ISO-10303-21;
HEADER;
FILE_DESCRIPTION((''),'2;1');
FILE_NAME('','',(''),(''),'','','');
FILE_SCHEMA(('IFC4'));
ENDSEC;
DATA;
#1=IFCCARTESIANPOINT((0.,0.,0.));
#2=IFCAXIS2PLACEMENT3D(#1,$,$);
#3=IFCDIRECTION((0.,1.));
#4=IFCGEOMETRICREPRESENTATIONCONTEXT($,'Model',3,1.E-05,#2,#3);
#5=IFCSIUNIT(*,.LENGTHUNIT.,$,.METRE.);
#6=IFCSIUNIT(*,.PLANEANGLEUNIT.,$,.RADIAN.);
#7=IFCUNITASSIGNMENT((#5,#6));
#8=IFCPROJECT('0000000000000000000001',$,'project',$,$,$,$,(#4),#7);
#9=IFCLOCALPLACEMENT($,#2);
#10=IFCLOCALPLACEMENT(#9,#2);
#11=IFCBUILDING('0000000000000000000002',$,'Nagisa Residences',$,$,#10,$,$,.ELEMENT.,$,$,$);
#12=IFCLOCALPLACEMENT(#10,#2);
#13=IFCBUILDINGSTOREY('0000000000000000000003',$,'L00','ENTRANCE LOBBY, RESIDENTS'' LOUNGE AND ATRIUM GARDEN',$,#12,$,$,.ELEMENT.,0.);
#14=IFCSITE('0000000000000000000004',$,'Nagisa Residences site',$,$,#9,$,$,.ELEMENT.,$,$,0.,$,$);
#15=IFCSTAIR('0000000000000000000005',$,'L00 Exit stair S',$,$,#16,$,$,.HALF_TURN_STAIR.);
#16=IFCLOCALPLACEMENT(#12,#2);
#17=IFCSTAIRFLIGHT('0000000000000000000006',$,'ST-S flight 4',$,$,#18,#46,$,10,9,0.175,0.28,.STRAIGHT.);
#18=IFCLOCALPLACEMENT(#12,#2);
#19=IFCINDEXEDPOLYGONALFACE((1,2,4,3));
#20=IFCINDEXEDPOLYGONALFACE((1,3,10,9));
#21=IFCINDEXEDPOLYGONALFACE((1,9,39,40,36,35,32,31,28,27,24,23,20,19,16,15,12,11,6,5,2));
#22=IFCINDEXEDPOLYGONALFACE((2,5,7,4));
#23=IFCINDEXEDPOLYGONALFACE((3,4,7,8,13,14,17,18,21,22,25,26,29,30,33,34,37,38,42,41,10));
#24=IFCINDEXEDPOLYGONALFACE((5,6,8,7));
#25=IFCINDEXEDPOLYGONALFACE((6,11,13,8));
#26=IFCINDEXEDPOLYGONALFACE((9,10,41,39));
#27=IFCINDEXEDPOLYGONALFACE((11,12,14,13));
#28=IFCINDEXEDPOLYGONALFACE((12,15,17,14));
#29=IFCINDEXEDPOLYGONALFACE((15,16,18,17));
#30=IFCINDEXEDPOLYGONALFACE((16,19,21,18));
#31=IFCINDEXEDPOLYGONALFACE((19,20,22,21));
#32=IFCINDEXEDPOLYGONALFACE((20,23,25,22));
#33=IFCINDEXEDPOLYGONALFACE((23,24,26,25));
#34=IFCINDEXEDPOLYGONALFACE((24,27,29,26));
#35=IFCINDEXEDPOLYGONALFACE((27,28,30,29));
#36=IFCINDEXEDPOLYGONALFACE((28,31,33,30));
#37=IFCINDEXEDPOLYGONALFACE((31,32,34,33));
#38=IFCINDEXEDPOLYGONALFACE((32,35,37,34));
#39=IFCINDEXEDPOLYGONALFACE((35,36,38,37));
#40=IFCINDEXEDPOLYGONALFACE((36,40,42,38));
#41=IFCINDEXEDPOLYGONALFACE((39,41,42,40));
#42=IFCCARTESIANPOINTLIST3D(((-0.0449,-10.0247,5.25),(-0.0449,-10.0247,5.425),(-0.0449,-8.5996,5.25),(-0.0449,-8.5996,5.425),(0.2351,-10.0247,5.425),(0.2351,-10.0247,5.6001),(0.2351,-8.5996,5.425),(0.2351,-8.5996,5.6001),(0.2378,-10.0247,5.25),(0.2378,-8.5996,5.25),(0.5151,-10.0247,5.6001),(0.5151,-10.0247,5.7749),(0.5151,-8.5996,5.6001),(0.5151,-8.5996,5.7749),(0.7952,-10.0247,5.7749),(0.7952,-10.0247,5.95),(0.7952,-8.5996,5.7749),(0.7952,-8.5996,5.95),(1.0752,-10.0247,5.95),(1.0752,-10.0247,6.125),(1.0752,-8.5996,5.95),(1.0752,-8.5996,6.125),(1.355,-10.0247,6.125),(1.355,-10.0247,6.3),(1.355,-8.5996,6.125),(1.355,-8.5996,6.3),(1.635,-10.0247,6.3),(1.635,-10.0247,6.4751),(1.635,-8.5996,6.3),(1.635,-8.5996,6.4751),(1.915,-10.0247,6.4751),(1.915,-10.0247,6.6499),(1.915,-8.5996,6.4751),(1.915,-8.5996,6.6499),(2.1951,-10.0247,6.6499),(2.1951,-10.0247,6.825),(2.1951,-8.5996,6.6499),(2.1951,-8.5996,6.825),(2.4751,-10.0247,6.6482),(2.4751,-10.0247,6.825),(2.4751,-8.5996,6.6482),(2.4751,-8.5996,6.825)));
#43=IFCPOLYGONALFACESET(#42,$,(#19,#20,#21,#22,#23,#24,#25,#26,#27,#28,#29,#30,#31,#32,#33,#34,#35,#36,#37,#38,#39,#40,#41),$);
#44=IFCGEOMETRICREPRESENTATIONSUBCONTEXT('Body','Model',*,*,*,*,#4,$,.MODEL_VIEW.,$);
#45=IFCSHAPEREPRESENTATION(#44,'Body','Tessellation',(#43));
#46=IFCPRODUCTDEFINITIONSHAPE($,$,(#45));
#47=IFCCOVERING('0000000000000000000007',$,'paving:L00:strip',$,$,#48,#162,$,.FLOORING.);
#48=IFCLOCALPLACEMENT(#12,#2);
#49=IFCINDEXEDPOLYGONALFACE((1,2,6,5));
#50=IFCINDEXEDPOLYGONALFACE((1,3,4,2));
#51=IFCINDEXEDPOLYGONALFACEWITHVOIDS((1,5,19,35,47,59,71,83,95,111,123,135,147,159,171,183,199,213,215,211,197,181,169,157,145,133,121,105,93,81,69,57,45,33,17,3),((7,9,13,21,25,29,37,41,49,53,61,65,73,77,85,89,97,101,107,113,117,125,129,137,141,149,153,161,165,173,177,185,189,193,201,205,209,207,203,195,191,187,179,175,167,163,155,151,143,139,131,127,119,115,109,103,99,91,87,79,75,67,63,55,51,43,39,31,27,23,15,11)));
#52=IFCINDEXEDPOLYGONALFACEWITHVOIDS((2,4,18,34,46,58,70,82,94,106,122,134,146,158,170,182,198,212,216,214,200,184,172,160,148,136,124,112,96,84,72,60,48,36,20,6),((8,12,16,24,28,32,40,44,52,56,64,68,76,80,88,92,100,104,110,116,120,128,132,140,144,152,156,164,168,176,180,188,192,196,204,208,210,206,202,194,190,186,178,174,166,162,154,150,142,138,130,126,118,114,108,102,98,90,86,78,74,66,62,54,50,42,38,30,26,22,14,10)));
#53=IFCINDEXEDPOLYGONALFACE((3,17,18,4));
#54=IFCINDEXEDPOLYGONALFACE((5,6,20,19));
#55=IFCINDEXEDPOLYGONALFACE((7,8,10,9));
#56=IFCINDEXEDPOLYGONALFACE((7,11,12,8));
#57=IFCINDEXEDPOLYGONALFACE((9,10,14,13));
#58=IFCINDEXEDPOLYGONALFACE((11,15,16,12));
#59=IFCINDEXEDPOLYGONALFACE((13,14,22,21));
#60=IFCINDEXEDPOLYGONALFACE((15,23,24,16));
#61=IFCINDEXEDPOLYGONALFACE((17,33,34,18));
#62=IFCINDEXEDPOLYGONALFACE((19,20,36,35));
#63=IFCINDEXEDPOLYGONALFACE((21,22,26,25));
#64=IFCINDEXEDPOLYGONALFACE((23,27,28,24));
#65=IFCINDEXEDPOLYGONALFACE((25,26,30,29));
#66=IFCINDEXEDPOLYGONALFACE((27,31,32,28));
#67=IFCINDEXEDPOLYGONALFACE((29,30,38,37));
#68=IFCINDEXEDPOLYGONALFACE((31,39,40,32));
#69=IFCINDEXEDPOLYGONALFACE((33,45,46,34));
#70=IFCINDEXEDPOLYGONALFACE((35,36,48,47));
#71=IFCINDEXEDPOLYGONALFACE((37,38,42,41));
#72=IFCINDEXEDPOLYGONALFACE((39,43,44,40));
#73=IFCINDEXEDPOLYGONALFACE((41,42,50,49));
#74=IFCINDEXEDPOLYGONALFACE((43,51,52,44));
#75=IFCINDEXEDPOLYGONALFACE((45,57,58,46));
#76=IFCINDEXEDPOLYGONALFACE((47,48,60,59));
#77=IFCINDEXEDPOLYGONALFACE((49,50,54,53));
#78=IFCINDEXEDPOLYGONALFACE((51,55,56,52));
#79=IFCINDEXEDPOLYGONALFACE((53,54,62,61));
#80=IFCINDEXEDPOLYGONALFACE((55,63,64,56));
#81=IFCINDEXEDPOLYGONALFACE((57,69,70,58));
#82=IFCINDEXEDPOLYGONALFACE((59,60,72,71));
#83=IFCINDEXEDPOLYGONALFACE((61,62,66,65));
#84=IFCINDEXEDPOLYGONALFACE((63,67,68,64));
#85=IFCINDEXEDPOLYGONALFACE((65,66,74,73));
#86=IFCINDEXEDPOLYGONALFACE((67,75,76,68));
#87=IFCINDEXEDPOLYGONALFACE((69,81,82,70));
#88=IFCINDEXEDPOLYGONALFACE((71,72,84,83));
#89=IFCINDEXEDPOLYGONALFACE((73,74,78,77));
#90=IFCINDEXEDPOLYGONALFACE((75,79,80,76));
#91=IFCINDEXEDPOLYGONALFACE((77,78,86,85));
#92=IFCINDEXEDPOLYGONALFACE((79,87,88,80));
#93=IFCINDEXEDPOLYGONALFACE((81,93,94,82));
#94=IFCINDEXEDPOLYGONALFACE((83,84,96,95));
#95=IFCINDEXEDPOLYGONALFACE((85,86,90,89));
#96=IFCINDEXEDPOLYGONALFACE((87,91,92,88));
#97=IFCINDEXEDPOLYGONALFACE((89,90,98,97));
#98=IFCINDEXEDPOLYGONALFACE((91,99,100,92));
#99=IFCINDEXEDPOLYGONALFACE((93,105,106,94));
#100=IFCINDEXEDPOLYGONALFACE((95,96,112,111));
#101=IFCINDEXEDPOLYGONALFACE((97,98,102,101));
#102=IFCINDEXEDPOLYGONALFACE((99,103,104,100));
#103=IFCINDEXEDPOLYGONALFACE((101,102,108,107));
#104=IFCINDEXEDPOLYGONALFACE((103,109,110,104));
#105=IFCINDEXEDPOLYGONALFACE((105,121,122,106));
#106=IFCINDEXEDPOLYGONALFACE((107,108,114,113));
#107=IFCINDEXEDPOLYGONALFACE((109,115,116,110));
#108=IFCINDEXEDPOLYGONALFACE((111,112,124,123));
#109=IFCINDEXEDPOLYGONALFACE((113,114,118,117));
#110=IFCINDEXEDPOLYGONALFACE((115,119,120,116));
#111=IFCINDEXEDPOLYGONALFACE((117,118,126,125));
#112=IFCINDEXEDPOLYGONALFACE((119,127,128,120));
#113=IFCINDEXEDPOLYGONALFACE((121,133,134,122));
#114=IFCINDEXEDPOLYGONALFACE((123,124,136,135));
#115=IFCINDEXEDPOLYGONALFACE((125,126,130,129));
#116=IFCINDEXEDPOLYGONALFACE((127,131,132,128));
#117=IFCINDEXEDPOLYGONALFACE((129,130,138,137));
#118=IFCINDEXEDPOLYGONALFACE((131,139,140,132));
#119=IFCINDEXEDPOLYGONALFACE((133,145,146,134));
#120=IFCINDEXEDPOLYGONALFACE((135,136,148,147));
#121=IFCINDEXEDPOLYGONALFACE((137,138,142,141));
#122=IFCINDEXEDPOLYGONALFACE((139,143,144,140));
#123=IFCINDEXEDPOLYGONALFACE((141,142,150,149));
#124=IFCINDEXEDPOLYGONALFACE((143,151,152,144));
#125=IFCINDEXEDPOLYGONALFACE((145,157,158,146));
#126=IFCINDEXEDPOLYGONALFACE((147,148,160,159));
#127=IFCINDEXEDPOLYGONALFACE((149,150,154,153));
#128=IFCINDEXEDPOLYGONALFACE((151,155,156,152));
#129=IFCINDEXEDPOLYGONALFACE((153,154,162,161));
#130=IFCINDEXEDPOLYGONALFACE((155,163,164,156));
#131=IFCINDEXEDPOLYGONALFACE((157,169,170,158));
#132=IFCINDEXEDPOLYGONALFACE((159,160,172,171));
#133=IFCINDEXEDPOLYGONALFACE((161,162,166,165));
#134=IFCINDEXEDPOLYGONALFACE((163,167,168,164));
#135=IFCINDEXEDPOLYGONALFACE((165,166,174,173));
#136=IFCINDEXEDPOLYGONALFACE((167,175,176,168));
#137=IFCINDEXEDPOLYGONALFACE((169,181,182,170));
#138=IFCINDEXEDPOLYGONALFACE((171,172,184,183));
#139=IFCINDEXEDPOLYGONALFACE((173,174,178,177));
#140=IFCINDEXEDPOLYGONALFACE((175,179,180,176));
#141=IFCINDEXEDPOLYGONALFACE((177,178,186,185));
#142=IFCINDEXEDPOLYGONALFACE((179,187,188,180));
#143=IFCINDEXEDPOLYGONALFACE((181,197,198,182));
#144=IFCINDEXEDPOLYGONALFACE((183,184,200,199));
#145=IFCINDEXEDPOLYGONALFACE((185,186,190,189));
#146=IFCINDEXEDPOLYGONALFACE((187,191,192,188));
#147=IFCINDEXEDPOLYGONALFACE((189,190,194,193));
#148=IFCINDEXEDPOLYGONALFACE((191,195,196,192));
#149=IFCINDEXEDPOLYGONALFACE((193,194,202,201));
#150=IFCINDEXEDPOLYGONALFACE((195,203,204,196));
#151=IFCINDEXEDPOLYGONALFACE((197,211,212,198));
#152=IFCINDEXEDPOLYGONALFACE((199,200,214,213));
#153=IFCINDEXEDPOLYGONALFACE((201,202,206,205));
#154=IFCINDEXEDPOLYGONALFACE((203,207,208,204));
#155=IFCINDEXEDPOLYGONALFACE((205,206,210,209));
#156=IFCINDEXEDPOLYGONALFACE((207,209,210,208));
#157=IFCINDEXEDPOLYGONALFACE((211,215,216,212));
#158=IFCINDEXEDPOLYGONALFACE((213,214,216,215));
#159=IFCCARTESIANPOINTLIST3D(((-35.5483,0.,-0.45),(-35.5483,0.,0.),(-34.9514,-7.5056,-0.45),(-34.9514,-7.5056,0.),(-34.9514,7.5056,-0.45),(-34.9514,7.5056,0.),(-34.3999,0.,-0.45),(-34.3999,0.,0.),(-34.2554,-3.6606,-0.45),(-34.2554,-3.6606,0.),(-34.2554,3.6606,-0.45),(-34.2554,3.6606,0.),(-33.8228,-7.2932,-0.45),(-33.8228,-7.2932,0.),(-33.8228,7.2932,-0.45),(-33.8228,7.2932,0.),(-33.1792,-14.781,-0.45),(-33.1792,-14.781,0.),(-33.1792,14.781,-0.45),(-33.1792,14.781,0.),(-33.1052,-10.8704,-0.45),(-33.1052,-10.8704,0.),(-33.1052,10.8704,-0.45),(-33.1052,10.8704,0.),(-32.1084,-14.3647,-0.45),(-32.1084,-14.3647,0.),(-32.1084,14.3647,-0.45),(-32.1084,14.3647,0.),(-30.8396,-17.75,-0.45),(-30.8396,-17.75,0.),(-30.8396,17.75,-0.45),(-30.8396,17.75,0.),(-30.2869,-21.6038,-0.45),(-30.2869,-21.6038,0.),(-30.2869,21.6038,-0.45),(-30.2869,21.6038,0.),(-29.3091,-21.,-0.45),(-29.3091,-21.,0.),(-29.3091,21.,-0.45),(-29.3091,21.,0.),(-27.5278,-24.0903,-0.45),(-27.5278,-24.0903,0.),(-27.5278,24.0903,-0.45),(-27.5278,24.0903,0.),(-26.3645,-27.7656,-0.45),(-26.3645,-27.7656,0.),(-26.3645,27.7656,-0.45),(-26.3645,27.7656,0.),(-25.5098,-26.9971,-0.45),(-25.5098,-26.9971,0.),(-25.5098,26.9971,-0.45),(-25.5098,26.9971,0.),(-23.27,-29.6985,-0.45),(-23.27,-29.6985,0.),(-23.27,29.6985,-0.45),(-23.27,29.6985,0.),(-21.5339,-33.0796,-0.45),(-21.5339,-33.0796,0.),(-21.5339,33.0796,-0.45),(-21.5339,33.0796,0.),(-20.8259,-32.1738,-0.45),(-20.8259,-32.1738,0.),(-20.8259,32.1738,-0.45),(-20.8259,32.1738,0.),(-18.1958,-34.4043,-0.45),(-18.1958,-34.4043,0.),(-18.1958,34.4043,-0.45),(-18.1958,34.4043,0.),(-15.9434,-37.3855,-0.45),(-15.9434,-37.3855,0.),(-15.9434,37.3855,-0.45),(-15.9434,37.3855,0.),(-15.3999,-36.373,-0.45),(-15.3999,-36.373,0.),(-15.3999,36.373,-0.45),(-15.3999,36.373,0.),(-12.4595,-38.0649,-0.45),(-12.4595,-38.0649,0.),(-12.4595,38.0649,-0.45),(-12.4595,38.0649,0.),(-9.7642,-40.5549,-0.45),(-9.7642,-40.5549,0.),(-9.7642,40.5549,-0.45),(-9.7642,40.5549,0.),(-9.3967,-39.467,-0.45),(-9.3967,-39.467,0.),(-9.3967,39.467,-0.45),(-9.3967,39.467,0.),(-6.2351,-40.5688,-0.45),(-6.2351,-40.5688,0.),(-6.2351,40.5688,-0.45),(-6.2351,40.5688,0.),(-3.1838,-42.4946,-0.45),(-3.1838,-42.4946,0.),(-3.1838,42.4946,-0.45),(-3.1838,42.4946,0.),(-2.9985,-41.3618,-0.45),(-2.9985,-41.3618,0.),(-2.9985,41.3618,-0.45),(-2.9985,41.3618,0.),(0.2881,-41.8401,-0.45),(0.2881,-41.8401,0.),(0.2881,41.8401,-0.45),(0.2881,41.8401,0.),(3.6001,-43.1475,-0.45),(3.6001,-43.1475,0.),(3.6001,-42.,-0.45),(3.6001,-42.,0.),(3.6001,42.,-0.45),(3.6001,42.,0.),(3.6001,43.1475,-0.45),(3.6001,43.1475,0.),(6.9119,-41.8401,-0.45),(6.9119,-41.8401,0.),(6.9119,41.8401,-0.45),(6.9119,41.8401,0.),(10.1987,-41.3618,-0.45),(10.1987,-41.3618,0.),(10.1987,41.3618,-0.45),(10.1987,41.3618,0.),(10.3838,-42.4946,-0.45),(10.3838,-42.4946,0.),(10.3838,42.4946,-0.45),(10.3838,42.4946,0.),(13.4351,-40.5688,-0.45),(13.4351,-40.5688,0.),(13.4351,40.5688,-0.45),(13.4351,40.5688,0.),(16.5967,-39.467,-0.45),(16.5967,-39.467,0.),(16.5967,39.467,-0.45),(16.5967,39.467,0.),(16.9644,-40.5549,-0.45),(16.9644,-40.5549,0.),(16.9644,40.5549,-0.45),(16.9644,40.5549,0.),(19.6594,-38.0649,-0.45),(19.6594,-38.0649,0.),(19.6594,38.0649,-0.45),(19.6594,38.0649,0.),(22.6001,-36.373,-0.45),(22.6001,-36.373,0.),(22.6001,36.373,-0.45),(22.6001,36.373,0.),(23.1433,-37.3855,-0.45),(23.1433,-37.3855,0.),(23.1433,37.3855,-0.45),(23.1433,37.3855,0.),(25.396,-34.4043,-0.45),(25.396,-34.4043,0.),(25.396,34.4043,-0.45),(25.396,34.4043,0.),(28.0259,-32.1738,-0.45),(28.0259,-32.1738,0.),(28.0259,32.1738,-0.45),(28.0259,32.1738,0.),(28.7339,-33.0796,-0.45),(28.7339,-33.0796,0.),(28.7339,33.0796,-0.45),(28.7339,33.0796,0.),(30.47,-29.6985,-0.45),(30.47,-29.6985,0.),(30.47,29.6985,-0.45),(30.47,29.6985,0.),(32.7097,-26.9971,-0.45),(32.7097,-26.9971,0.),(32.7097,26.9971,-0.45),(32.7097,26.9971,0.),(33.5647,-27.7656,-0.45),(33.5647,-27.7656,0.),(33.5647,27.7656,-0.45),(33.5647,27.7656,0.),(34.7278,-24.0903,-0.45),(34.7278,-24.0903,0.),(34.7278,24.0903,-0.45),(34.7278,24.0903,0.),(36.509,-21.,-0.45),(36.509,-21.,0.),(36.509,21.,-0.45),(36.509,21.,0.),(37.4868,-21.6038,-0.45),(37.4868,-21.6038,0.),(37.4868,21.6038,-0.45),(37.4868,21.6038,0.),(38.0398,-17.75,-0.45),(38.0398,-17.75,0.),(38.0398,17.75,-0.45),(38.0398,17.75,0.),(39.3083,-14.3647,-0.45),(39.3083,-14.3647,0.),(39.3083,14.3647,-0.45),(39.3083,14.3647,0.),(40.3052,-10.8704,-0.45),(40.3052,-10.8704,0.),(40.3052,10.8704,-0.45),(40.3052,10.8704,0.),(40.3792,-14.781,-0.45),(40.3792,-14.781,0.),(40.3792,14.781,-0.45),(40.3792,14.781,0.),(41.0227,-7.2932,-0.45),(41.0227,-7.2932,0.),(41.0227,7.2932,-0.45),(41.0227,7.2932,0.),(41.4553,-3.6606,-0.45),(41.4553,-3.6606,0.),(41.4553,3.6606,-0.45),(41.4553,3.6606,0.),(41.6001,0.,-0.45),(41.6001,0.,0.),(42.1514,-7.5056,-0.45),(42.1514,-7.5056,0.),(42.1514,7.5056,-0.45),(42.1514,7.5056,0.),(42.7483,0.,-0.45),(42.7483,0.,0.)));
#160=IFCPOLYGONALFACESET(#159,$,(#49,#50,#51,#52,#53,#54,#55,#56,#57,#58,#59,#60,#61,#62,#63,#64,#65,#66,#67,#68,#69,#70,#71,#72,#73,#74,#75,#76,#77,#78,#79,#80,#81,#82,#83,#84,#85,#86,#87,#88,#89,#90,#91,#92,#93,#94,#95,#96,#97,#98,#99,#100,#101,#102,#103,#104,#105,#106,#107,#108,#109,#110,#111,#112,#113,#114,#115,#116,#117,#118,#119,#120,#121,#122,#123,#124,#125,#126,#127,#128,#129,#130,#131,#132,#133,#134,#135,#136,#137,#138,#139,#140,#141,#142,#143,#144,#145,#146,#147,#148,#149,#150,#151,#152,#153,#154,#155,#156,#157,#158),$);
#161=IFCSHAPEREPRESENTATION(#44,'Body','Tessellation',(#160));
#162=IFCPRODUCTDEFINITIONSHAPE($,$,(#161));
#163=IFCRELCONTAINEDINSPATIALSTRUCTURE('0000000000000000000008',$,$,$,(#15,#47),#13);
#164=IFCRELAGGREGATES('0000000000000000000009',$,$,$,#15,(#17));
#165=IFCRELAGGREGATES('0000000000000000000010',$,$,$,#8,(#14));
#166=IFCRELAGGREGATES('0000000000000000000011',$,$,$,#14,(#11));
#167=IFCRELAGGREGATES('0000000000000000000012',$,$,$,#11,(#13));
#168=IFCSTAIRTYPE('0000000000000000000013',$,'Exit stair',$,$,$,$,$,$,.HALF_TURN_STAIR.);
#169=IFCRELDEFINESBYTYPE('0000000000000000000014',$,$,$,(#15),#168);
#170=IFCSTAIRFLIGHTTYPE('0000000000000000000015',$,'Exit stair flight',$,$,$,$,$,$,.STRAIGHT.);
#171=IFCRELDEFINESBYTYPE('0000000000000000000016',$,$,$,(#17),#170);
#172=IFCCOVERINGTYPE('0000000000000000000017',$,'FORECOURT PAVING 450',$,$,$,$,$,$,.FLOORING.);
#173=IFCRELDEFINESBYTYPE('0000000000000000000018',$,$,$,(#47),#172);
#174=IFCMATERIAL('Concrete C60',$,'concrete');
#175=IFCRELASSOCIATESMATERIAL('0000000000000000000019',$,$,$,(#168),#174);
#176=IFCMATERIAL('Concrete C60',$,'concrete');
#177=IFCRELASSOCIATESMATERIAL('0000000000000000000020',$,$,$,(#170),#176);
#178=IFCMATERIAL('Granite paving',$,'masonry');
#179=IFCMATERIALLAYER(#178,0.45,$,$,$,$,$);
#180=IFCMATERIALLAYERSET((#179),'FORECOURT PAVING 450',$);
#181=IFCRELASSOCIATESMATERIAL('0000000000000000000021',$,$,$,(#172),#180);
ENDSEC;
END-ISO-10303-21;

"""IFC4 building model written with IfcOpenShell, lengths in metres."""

from ifc_helpers import new_model, si_unit, direction, frame, origin, place, context, subcontext, project, spatial, polyline, outline, extrude, material, layer, layer_set, type_object, element, aggregate, save


model = new_model("IFC4")

# Units and contexts
model_context = context("Model", 3, precision=1e-05, world=origin(), true_north=direction((0.0, 1.0)))
body_context = subcontext(model_context, "Body", "Model", "MODEL_VIEW")
ifc_project = project(units=[si_unit("LENGTHUNIT", "METRE"), si_unit("PLANEANGLEUNIT", "RADIAN")], contexts=[model_context])

# Site, building, storey
site_placement = place(None, origin())
site = spatial("IfcSite", under=ifc_project, at=site_placement, Name="Nagisa Residences site", CompositionType="ELEMENT", RefElevation=0.0)
building_placement = place(site_placement, origin())
building = spatial("IfcBuilding", under=site, at=building_placement, Name="Nagisa Residences", CompositionType="ELEMENT")
storey_placement = place(building_placement, origin())
storey = spatial("IfcBuildingStorey", under=building, at=storey_placement, Name="L00", Description="ENTRANCE LOBBY, RESIDENTS' LOUNGE AND ATRIUM GARDEN", CompositionType="ELEMENT", Elevation=0.0)

# Stair, stair flight
ifc_material_1 = material(Name="Concrete C60", Category="concrete")
stair_type = type_object("IfcStairType", Name="Exit stair", PredefinedType="HALF_TURN_STAIR", material=ifc_material_1)
stair_placement = place(storey_placement, origin())
stair = element("IfcStair", 1, at=stair_placement, inside=storey, type_object=stair_type, Name="L00 Exit stair S", PredefinedType="HALF_TURN_STAIR")
ifc_material_2 = material(Name="Concrete C60", Category="concrete")
stair_flight_type = type_object("IfcStairFlightType", Name="Exit stair flight", PredefinedType="STRAIGHT", material=ifc_material_2)
stair_flight_1_placement = place(storey_placement, frame((-0.0449, -9.312, 5.25), z_axis=(0.0, 0.0, 1.0), x_axis=(1.0, 0.0, 0.0)))
stair_flight_1 = element("IfcStairFlight", 2, at=stair_flight_1_placement, type_object=stair_flight_type, Name="ST-S flight 4", NumberOfRisers=10, NumberOfTreads=9, PredefinedType="STRAIGHT", RiserHeight=0.175, TreadLength=0.28, context=body_context, shape_type="SweptSolid", body=[
    extrude(outline(polyline([(0.0, 0.0), (0.0, 0.175), (0.28, 0.175), (0.28, 0.3501), (0.5601, 0.3501), (0.5601, 0.5249), (0.8401, 0.5249), (0.8401, 0.7), (1.1201, 0.7), (1.1201, 0.875), (1.3999, 0.875), (1.3999, 1.05), (1.6799, 1.05), (1.6799, 1.2251), (1.96, 1.2251), (1.96, 1.3999), (2.24, 1.3999), (2.24, 1.575), (2.52, 1.575), (2.52, 1.75), (2.52, 1.3982), (0.2827, 0.0), (0.0, 0.0)])), frame((0.0, 0.7124, 0.0), z_axis=(0.0, -1.0, 0.0), x_axis=(1.0, 0.0, 0.0)), (0.0, 0.0, 1.0), 1.425),
])
aggregate(stair, [stair_flight_1])

# Covering
ifc_material_3 = material(Name="Granite paving", Category="masonry")
ifc_layer_1 = layer(ifc_material_3, 0.45)
ifc_layer_set_1 = layer_set([ifc_layer_1], Name="FORECOURT PAVING 450")
covering_type = type_object("IfcCoveringType", Name="FORECOURT PAVING 450", PredefinedType="FLOORING", material=ifc_layer_set_1)
covering_placement = place(storey_placement, frame((0.0, 0.0, -0.45)))
element("IfcCovering", 3, at=covering_placement, inside=storey, type_object=covering_type, Name="paving:L00:strip", PredefinedType="FLOORING", context=body_context, shape_type="SweptSolid", body=[
    extrude(outline(polyline([(42.1514, -7.5056), (40.3792, -14.781), (37.4868, -21.6038), (33.5647, -27.7656), (28.7339, -33.0796), (23.1433, -37.3855), (16.9644, -40.5549), (10.3838, -42.4946), (3.6001, -43.1475), (-3.1838, -42.4946), (-9.7642, -40.5549), (-15.9434, -37.3855), (-21.5339, -33.0796), (-26.3645, -27.7656), (-30.2869, -21.6038), (-33.1792, -14.781), (-34.9514, -7.5056), (-35.5483, 0.0), (-34.9514, 7.5056), (-33.1792, 14.781), (-30.2869, 21.6038), (-26.3645, 27.7656), (-21.5339, 33.0796), (-15.9434, 37.3855), (-9.7642, 40.5549), (-3.1838, 42.4946), (3.6001, 43.1475), (10.3838, 42.4946), (16.9644, 40.5549), (23.1433, 37.3855), (28.7339, 33.0796), (33.5647, 27.7656), (37.4868, 21.6038), (40.3792, 14.781), (42.1514, 7.5056), (42.7483, 0.0), (42.1514, -7.5056)]), holes=[polyline([(41.4553, 3.6606), (41.0227, 7.2932), (40.3052, 10.8704), (39.3083, 14.3647), (38.0398, 17.75), (36.509, 21.0), (34.7278, 24.0903), (32.7097, 26.9971), (30.47, 29.6985), (28.0259, 32.1738), (25.396, 34.4043), (22.6001, 36.373), (19.6594, 38.0649), (16.5967, 39.467), (13.4351, 40.5688), (10.1987, 41.3618), (6.9119, 41.8401), (3.6001, 42.0), (0.2881, 41.8401), (-2.9985, 41.3618), (-6.2351, 40.5688), (-9.3967, 39.467), (-12.4595, 38.0649), (-15.3999, 36.373), (-18.1958, 34.4043), (-20.8259, 32.1738), (-23.27, 29.6985), (-25.5098, 26.9971), (-27.5278, 24.0903), (-29.3091, 21.0), (-30.8396, 17.75), (-32.1084, 14.3647), (-33.1052, 10.8704), (-33.8228, 7.2932), (-34.2554, 3.6606), (-34.3999, 0.0), (-34.2554, -3.6606), (-33.8228, -7.2932), (-33.1052, -10.8704), (-32.1084, -14.3647), (-30.8396, -17.75), (-29.3091, -21.0), (-27.5278, -24.0903), (-25.5098, -26.9971), (-23.27, -29.6985), (-20.8259, -32.1738), (-18.1958, -34.4043), (-15.3999, -36.373), (-12.4595, -38.0649), (-9.3967, -39.467), (-6.2351, -40.5688), (-2.9985, -41.3618), (0.2881, -41.8401), (3.6001, -42.0), (6.9119, -41.8401), (10.1987, -41.3618), (13.4351, -40.5688), (16.5967, -39.467), (19.6594, -38.0649), (22.6001, -36.373), (25.396, -34.4043), (28.0259, -32.1738), (30.47, -29.6985), (32.7097, -26.9971), (34.7278, -24.0903), (36.509, -21.0), (38.0398, -17.75), (39.3083, -14.3647), (40.3052, -10.8704), (41.0227, -7.2932), (41.4553, -3.6606), (41.6001, 0.0), (41.4553, 3.6606)])]), origin(), (0.0, 0.0, 1.0), 0.45),
])

save(model, "model.ifc")
